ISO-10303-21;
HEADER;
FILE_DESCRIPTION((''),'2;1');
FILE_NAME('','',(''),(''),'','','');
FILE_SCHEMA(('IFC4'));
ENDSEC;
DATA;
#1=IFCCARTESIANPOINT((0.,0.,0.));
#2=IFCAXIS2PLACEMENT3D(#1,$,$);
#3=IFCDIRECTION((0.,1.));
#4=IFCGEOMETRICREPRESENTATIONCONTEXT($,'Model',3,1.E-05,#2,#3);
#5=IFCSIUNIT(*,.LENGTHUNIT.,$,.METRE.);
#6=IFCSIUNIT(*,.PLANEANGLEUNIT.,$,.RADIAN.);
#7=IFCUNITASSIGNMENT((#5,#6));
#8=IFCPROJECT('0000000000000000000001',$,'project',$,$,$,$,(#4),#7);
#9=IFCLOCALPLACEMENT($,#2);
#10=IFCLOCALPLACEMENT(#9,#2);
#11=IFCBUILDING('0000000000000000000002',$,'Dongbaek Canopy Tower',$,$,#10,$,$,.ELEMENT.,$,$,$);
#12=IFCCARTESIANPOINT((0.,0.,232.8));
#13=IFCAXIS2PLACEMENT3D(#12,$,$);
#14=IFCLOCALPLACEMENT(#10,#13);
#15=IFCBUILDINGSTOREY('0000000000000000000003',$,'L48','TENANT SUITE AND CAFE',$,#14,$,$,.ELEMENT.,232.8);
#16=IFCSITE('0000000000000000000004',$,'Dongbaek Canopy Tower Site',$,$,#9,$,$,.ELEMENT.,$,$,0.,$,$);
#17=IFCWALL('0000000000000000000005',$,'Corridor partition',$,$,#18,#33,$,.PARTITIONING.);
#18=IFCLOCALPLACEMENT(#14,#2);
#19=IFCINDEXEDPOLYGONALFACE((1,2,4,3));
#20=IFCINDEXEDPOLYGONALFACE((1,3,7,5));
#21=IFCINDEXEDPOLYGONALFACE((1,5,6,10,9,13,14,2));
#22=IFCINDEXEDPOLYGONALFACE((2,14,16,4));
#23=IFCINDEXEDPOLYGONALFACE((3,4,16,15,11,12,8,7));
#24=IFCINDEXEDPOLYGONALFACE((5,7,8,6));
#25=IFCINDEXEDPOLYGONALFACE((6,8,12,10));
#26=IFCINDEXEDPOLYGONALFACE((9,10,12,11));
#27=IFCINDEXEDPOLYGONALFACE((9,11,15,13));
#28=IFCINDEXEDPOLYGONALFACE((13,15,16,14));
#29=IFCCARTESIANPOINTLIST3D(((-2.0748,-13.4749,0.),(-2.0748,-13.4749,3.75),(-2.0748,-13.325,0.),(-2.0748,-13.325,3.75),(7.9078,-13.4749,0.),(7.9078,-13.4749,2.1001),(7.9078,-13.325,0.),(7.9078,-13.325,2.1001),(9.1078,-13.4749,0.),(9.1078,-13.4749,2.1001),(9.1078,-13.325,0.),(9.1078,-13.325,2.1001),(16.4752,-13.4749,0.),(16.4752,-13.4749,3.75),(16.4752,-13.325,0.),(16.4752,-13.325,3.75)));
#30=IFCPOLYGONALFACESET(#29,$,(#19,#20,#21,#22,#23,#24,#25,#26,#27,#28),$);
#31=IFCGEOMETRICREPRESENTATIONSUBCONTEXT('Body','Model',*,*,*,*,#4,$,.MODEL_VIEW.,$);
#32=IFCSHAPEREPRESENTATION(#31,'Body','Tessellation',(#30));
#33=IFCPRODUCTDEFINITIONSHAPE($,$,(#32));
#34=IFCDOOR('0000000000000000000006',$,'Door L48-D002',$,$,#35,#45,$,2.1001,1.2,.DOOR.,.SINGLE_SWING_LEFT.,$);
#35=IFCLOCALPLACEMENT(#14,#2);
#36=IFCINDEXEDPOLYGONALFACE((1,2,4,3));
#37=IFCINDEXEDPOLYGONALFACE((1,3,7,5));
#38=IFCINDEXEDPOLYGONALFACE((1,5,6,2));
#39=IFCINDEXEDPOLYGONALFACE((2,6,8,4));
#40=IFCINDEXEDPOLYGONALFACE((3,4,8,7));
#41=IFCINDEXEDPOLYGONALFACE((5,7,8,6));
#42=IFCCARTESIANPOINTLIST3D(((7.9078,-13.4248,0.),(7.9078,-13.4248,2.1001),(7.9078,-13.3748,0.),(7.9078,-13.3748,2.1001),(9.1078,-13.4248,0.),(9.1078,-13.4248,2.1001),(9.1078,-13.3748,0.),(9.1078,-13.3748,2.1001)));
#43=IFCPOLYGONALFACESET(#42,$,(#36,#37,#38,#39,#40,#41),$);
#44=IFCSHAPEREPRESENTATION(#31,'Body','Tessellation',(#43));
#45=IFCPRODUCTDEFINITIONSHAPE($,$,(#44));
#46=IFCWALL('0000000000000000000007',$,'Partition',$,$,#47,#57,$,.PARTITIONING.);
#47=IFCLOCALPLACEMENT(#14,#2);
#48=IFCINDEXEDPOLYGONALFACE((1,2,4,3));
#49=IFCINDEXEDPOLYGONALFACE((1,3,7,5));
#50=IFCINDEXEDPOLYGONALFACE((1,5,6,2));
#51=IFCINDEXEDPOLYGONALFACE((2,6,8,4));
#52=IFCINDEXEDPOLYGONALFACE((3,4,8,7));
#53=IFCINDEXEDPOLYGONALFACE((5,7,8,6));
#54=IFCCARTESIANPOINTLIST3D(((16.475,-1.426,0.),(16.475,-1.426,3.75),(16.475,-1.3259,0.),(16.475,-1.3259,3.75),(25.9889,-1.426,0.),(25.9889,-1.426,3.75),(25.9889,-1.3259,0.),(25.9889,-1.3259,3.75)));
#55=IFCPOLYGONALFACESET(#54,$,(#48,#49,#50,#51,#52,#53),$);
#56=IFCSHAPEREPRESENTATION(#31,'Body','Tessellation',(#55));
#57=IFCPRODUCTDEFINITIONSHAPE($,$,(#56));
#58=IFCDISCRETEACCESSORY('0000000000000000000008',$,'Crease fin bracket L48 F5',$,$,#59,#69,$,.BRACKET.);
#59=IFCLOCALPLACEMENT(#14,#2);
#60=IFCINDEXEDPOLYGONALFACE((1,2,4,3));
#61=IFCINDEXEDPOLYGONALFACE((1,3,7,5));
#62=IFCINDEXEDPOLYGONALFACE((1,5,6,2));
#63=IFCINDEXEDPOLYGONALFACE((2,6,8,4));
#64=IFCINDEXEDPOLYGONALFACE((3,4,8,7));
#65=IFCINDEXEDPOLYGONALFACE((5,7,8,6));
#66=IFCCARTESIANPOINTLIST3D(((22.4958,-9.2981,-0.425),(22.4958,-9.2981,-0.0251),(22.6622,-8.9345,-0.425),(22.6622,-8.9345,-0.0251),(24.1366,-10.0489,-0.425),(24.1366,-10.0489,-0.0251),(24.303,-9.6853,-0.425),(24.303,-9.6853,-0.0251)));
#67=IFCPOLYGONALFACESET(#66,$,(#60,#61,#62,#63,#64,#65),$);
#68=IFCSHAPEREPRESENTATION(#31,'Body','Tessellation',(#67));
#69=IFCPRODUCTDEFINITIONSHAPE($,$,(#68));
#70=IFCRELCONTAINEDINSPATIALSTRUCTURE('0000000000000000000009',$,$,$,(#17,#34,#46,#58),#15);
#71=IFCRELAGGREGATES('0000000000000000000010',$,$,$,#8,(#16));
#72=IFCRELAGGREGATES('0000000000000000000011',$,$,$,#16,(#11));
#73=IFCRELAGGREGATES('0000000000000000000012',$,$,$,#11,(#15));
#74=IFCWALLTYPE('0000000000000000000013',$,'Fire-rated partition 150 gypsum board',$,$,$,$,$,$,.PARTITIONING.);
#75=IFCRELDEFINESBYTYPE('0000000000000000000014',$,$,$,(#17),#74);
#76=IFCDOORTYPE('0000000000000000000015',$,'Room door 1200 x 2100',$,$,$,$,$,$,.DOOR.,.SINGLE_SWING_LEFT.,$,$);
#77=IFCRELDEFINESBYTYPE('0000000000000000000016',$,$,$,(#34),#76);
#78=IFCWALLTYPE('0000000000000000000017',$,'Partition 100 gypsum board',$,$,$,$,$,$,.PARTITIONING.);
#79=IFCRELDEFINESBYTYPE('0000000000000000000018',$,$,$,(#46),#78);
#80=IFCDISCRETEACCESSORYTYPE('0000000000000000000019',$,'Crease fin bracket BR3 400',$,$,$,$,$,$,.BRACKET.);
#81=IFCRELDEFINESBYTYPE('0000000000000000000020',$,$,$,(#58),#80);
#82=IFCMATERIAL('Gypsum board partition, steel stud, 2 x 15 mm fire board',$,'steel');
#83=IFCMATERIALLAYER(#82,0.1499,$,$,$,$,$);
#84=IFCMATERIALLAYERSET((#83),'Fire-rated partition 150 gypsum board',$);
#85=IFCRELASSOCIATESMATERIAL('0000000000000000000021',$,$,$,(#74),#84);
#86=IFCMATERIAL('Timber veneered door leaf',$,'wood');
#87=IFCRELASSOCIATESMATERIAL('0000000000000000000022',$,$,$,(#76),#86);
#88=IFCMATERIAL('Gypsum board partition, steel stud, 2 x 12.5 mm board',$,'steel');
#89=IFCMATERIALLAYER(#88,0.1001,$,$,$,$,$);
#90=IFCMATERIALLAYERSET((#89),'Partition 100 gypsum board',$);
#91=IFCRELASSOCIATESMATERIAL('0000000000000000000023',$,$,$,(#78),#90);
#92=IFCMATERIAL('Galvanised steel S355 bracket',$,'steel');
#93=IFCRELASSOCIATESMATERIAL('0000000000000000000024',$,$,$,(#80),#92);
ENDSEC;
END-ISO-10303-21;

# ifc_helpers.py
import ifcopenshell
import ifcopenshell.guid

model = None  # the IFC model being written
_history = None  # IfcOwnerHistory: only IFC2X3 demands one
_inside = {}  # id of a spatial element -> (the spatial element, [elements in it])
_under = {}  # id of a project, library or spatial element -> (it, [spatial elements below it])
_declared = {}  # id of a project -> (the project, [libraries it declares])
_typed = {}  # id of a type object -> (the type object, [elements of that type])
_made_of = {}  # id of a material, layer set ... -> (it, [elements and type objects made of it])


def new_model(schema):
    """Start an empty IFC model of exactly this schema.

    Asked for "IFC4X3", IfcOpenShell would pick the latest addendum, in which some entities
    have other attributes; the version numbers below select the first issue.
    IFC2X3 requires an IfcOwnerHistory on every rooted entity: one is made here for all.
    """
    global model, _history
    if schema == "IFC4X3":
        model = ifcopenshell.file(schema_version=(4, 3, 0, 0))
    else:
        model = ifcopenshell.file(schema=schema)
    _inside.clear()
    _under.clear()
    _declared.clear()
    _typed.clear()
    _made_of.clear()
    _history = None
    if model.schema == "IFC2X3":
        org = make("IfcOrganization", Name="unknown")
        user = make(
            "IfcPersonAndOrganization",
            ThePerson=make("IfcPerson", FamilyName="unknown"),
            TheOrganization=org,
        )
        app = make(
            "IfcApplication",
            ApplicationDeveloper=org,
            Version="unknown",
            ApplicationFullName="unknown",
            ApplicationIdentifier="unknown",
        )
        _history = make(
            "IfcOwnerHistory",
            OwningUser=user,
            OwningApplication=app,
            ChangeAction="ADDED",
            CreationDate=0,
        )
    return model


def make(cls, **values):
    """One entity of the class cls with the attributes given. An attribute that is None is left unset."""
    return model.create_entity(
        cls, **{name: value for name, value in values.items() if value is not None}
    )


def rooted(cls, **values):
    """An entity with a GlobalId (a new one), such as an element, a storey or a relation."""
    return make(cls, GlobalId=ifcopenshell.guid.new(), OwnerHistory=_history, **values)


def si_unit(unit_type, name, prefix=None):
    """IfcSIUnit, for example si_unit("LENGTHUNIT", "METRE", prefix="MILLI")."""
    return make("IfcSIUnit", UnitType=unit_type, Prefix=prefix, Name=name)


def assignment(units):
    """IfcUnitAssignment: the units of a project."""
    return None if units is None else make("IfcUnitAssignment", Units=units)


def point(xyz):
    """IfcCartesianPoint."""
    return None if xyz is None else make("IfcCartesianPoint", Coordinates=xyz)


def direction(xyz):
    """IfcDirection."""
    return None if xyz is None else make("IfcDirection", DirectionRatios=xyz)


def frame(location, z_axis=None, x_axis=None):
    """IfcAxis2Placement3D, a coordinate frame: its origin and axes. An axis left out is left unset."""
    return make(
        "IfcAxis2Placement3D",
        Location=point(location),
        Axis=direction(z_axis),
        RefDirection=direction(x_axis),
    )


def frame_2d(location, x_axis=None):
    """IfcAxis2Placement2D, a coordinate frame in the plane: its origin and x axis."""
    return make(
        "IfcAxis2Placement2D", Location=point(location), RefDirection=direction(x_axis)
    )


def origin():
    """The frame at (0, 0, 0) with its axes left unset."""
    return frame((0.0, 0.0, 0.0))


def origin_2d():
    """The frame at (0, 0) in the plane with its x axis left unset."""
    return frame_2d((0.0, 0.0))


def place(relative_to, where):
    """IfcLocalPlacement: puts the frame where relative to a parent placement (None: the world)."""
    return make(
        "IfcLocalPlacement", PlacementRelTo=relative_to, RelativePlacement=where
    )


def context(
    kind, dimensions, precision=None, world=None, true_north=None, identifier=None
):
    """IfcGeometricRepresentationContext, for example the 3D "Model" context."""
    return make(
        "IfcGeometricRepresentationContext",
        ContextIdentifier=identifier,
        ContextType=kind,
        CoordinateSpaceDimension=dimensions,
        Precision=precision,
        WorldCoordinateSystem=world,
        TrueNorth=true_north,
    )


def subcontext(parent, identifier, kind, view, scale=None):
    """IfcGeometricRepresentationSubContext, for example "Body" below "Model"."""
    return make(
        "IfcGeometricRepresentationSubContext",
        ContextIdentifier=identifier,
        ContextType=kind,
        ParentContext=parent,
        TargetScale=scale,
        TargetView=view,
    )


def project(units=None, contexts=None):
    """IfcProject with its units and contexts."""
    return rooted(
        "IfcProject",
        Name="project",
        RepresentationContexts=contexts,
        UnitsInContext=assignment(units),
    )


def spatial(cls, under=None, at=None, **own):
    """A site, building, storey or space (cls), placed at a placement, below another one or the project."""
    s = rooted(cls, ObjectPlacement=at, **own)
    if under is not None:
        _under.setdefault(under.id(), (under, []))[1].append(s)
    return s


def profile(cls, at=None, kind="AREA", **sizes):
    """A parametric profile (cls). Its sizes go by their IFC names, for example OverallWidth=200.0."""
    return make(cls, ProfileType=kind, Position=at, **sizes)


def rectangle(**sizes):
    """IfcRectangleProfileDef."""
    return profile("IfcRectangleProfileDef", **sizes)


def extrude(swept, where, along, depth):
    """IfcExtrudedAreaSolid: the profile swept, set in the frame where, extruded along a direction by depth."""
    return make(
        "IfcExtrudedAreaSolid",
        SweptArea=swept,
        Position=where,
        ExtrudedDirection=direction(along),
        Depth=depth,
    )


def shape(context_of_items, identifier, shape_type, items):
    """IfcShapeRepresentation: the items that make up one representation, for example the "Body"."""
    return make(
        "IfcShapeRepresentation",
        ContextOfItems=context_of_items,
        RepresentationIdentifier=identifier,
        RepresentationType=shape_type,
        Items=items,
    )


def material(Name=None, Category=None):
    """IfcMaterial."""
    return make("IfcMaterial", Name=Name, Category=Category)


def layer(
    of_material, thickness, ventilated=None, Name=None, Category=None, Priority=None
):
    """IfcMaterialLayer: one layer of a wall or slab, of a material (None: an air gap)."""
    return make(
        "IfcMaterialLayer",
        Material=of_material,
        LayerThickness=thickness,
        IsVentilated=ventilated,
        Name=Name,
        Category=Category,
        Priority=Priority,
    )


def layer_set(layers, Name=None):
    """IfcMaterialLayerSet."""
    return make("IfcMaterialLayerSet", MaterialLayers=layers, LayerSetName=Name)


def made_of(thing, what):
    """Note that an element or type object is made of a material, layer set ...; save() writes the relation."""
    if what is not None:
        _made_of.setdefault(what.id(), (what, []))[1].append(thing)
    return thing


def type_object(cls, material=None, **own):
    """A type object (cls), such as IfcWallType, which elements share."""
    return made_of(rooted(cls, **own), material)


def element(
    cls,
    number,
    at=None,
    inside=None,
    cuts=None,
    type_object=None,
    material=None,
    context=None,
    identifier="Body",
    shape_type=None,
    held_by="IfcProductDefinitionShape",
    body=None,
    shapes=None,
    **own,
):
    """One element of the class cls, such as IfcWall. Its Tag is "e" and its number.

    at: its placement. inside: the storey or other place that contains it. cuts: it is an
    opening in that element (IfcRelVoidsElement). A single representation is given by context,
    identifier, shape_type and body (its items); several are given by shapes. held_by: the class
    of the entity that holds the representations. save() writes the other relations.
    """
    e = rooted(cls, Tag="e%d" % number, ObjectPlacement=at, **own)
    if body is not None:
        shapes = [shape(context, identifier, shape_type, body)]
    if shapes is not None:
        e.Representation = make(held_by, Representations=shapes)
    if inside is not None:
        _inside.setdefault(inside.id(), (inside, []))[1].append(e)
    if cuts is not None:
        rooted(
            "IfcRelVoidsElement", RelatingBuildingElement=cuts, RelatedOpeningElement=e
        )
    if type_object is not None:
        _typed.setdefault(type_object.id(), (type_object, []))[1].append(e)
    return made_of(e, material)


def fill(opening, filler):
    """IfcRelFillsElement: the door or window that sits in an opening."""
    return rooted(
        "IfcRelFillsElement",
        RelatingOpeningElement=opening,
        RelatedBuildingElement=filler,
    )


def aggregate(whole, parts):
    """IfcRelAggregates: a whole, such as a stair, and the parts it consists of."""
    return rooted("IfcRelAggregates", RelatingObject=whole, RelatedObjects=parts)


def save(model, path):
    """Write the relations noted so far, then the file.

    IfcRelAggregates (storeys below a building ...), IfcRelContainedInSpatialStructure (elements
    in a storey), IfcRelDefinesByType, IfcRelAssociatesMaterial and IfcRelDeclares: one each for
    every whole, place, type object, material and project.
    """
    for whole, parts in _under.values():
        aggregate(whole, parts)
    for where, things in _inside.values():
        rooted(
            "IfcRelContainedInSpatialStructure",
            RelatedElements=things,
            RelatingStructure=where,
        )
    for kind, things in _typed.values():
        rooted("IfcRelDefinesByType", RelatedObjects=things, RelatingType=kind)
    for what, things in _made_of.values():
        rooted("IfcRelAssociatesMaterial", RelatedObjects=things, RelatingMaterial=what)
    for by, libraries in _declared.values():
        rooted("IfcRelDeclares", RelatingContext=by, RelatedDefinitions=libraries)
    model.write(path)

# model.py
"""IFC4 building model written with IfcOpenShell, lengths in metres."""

from ifc_helpers import new_model, si_unit, direction, frame, frame_2d, origin, origin_2d, place, context, subcontext, project, spatial, rectangle, extrude, material, layer, layer_set, type_object, element, fill, save


model = new_model("IFC4")

# Units and contexts
model_context = context("Model", 3, precision=1e-05, world=origin(), true_north=direction((0.0, 1.0)))
body_context = subcontext(model_context, "Body", "Model", "MODEL_VIEW")
ifc_project = project(units=[si_unit("LENGTHUNIT", "METRE"), si_unit("PLANEANGLEUNIT", "RADIAN")], contexts=[model_context])

# Site, building, storey
site_placement = place(None, origin())
site = spatial("IfcSite", under=ifc_project, at=site_placement, Name="Dongbaek Canopy Tower Site", CompositionType="ELEMENT", RefElevation=0.0)
building_placement = place(site_placement, origin())
building = spatial("IfcBuilding", under=site, at=building_placement, Name="Dongbaek Canopy Tower", CompositionType="ELEMENT")
storey_placement = place(building_placement, frame((0.0, 0.0, 232.8)))
storey = spatial("IfcBuildingStorey", under=building, at=storey_placement, Name="L48", Description="TENANT SUITE AND CAFE", CompositionType="ELEMENT", Elevation=232.8)

# Wall, opening, door
ifc_material_1 = material(Name="Gypsum board partition, steel stud, 2 x 15 mm fire board", Category="steel")
ifc_layer_1 = layer(ifc_material_1, 0.1499)
ifc_layer_set_1 = layer_set([ifc_layer_1], Name="Fire-rated partition 150 gypsum board")
wall_type_1 = type_object("IfcWallType", Name="Fire-rated partition 150 gypsum board", PredefinedType="PARTITIONING", material=ifc_layer_set_1)
wall_1_placement = place(storey_placement, frame((16.4751, -13.3999, 0.0), z_axis=(0.0, 0.0, 1.0), x_axis=(-1.0, 0.0, 0.0)))
wall_1 = element("IfcWall", 1, at=wall_1_placement, inside=storey, type_object=wall_type_1, Name="Corridor partition", PredefinedType="PARTITIONING", context=body_context, shape_type="SweptSolid", body=[
    extrude(rectangle(XDim=18.55, YDim=0.1499, at=frame_2d((9.2749, 0.0))), origin(), (0.0, 0.0, 1.0), 3.75),
])
opening_1_placement = place(wall_1_placement, frame((7.3672, 0.0, 0.0)))
opening_1 = element("IfcOpeningElement", 2, at=opening_1_placement, cuts=wall_1, PredefinedType="OPENING", context=body_context, shape_type="SweptSolid", body=[
    extrude(rectangle(XDim=1.2, YDim=2.1001, at=frame_2d((0.6001, 1.05))), frame((0.0, 0.085, 0.0), z_axis=(0.0, -1.0, 0.0), x_axis=(1.0, 0.0, 0.0)), (0.0, 0.0, 1.0), 0.1699),
])
ifc_material_2 = material(Name="Timber veneered door leaf", Category="wood")
door_type_1 = type_object("IfcDoorType", Name="Room door 1200 x 2100", OperationType="SINGLE_SWING_LEFT", PredefinedType="DOOR", material=ifc_material_2)
door_1_placement = place(opening_1_placement, origin())
door_1 = element("IfcDoor", 3, at=door_1_placement, inside=storey, type_object=door_type_1, Name="Door L48-D002", OperationType="SINGLE_SWING_LEFT", OverallHeight=2.1001, OverallWidth=1.2, PredefinedType="DOOR", context=body_context, shape_type="SweptSolid", body=[
    extrude(rectangle(XDim=1.2, YDim=2.1001, at=frame_2d((0.6001, 1.05))), frame((0.0, 0.0249, 0.0), z_axis=(0.0, -1.0, 0.0), x_axis=(1.0, 0.0, 0.0)), (0.0, 0.0, 1.0), 0.05),
])
fill(opening_1, door_1)

# Wall
ifc_material_3 = material(Name="Gypsum board partition, steel stud, 2 x 12.5 mm board", Category="steel")
ifc_layer_2 = layer(ifc_material_3, 0.1001)
ifc_layer_set_2 = layer_set([ifc_layer_2], Name="Partition 100 gypsum board")
wall_type_2 = type_object("IfcWallType", Name="Partition 100 gypsum board", PredefinedType="PARTITIONING", material=ifc_layer_set_2)
wall_2_placement = place(storey_placement, frame((16.4751, -1.376, 0.0), z_axis=(0.0, 0.0, 1.0), x_axis=(1.0, 0.0, 0.0)))
element("IfcWall", 4, at=wall_2_placement, inside=storey, type_object=wall_type_2, Name="Partition", PredefinedType="PARTITIONING", context=body_context, shape_type="SweptSolid", body=[
    extrude(rectangle(XDim=9.5139, YDim=0.1001, at=frame_2d((4.7568, 0.0))), origin(), (0.0, 0.0, 1.0), 3.75),
])

# Discrete accessory
ifc_material_4 = material(Name="Galvanised steel S355 bracket", Category="steel")
discrete_accessory_type = type_object("IfcDiscreteAccessoryType", Name="Crease fin bracket BR3 400", PredefinedType="BRACKET", material=ifc_material_4)
discrete_accessory_placement = place(storey_placement, frame((23.3994, -9.4917, -0.425), z_axis=(0.0, 0.0, 1.0), x_axis=(0.909313, -0.416113, 0.0)))
element("IfcDiscreteAccessory", 5, at=discrete_accessory_placement, inside=storey, type_object=discrete_accessory_type, Name="Crease fin bracket L48 F5", PredefinedType="BRACKET", context=body_context, shape_type="SweptSolid", body=[
    extrude(rectangle(XDim=1.8044, YDim=0.3999, at=origin_2d()), origin(), (0.0, 0.0, 1.0), 0.3999),
])

save(model, "model.ifc")
